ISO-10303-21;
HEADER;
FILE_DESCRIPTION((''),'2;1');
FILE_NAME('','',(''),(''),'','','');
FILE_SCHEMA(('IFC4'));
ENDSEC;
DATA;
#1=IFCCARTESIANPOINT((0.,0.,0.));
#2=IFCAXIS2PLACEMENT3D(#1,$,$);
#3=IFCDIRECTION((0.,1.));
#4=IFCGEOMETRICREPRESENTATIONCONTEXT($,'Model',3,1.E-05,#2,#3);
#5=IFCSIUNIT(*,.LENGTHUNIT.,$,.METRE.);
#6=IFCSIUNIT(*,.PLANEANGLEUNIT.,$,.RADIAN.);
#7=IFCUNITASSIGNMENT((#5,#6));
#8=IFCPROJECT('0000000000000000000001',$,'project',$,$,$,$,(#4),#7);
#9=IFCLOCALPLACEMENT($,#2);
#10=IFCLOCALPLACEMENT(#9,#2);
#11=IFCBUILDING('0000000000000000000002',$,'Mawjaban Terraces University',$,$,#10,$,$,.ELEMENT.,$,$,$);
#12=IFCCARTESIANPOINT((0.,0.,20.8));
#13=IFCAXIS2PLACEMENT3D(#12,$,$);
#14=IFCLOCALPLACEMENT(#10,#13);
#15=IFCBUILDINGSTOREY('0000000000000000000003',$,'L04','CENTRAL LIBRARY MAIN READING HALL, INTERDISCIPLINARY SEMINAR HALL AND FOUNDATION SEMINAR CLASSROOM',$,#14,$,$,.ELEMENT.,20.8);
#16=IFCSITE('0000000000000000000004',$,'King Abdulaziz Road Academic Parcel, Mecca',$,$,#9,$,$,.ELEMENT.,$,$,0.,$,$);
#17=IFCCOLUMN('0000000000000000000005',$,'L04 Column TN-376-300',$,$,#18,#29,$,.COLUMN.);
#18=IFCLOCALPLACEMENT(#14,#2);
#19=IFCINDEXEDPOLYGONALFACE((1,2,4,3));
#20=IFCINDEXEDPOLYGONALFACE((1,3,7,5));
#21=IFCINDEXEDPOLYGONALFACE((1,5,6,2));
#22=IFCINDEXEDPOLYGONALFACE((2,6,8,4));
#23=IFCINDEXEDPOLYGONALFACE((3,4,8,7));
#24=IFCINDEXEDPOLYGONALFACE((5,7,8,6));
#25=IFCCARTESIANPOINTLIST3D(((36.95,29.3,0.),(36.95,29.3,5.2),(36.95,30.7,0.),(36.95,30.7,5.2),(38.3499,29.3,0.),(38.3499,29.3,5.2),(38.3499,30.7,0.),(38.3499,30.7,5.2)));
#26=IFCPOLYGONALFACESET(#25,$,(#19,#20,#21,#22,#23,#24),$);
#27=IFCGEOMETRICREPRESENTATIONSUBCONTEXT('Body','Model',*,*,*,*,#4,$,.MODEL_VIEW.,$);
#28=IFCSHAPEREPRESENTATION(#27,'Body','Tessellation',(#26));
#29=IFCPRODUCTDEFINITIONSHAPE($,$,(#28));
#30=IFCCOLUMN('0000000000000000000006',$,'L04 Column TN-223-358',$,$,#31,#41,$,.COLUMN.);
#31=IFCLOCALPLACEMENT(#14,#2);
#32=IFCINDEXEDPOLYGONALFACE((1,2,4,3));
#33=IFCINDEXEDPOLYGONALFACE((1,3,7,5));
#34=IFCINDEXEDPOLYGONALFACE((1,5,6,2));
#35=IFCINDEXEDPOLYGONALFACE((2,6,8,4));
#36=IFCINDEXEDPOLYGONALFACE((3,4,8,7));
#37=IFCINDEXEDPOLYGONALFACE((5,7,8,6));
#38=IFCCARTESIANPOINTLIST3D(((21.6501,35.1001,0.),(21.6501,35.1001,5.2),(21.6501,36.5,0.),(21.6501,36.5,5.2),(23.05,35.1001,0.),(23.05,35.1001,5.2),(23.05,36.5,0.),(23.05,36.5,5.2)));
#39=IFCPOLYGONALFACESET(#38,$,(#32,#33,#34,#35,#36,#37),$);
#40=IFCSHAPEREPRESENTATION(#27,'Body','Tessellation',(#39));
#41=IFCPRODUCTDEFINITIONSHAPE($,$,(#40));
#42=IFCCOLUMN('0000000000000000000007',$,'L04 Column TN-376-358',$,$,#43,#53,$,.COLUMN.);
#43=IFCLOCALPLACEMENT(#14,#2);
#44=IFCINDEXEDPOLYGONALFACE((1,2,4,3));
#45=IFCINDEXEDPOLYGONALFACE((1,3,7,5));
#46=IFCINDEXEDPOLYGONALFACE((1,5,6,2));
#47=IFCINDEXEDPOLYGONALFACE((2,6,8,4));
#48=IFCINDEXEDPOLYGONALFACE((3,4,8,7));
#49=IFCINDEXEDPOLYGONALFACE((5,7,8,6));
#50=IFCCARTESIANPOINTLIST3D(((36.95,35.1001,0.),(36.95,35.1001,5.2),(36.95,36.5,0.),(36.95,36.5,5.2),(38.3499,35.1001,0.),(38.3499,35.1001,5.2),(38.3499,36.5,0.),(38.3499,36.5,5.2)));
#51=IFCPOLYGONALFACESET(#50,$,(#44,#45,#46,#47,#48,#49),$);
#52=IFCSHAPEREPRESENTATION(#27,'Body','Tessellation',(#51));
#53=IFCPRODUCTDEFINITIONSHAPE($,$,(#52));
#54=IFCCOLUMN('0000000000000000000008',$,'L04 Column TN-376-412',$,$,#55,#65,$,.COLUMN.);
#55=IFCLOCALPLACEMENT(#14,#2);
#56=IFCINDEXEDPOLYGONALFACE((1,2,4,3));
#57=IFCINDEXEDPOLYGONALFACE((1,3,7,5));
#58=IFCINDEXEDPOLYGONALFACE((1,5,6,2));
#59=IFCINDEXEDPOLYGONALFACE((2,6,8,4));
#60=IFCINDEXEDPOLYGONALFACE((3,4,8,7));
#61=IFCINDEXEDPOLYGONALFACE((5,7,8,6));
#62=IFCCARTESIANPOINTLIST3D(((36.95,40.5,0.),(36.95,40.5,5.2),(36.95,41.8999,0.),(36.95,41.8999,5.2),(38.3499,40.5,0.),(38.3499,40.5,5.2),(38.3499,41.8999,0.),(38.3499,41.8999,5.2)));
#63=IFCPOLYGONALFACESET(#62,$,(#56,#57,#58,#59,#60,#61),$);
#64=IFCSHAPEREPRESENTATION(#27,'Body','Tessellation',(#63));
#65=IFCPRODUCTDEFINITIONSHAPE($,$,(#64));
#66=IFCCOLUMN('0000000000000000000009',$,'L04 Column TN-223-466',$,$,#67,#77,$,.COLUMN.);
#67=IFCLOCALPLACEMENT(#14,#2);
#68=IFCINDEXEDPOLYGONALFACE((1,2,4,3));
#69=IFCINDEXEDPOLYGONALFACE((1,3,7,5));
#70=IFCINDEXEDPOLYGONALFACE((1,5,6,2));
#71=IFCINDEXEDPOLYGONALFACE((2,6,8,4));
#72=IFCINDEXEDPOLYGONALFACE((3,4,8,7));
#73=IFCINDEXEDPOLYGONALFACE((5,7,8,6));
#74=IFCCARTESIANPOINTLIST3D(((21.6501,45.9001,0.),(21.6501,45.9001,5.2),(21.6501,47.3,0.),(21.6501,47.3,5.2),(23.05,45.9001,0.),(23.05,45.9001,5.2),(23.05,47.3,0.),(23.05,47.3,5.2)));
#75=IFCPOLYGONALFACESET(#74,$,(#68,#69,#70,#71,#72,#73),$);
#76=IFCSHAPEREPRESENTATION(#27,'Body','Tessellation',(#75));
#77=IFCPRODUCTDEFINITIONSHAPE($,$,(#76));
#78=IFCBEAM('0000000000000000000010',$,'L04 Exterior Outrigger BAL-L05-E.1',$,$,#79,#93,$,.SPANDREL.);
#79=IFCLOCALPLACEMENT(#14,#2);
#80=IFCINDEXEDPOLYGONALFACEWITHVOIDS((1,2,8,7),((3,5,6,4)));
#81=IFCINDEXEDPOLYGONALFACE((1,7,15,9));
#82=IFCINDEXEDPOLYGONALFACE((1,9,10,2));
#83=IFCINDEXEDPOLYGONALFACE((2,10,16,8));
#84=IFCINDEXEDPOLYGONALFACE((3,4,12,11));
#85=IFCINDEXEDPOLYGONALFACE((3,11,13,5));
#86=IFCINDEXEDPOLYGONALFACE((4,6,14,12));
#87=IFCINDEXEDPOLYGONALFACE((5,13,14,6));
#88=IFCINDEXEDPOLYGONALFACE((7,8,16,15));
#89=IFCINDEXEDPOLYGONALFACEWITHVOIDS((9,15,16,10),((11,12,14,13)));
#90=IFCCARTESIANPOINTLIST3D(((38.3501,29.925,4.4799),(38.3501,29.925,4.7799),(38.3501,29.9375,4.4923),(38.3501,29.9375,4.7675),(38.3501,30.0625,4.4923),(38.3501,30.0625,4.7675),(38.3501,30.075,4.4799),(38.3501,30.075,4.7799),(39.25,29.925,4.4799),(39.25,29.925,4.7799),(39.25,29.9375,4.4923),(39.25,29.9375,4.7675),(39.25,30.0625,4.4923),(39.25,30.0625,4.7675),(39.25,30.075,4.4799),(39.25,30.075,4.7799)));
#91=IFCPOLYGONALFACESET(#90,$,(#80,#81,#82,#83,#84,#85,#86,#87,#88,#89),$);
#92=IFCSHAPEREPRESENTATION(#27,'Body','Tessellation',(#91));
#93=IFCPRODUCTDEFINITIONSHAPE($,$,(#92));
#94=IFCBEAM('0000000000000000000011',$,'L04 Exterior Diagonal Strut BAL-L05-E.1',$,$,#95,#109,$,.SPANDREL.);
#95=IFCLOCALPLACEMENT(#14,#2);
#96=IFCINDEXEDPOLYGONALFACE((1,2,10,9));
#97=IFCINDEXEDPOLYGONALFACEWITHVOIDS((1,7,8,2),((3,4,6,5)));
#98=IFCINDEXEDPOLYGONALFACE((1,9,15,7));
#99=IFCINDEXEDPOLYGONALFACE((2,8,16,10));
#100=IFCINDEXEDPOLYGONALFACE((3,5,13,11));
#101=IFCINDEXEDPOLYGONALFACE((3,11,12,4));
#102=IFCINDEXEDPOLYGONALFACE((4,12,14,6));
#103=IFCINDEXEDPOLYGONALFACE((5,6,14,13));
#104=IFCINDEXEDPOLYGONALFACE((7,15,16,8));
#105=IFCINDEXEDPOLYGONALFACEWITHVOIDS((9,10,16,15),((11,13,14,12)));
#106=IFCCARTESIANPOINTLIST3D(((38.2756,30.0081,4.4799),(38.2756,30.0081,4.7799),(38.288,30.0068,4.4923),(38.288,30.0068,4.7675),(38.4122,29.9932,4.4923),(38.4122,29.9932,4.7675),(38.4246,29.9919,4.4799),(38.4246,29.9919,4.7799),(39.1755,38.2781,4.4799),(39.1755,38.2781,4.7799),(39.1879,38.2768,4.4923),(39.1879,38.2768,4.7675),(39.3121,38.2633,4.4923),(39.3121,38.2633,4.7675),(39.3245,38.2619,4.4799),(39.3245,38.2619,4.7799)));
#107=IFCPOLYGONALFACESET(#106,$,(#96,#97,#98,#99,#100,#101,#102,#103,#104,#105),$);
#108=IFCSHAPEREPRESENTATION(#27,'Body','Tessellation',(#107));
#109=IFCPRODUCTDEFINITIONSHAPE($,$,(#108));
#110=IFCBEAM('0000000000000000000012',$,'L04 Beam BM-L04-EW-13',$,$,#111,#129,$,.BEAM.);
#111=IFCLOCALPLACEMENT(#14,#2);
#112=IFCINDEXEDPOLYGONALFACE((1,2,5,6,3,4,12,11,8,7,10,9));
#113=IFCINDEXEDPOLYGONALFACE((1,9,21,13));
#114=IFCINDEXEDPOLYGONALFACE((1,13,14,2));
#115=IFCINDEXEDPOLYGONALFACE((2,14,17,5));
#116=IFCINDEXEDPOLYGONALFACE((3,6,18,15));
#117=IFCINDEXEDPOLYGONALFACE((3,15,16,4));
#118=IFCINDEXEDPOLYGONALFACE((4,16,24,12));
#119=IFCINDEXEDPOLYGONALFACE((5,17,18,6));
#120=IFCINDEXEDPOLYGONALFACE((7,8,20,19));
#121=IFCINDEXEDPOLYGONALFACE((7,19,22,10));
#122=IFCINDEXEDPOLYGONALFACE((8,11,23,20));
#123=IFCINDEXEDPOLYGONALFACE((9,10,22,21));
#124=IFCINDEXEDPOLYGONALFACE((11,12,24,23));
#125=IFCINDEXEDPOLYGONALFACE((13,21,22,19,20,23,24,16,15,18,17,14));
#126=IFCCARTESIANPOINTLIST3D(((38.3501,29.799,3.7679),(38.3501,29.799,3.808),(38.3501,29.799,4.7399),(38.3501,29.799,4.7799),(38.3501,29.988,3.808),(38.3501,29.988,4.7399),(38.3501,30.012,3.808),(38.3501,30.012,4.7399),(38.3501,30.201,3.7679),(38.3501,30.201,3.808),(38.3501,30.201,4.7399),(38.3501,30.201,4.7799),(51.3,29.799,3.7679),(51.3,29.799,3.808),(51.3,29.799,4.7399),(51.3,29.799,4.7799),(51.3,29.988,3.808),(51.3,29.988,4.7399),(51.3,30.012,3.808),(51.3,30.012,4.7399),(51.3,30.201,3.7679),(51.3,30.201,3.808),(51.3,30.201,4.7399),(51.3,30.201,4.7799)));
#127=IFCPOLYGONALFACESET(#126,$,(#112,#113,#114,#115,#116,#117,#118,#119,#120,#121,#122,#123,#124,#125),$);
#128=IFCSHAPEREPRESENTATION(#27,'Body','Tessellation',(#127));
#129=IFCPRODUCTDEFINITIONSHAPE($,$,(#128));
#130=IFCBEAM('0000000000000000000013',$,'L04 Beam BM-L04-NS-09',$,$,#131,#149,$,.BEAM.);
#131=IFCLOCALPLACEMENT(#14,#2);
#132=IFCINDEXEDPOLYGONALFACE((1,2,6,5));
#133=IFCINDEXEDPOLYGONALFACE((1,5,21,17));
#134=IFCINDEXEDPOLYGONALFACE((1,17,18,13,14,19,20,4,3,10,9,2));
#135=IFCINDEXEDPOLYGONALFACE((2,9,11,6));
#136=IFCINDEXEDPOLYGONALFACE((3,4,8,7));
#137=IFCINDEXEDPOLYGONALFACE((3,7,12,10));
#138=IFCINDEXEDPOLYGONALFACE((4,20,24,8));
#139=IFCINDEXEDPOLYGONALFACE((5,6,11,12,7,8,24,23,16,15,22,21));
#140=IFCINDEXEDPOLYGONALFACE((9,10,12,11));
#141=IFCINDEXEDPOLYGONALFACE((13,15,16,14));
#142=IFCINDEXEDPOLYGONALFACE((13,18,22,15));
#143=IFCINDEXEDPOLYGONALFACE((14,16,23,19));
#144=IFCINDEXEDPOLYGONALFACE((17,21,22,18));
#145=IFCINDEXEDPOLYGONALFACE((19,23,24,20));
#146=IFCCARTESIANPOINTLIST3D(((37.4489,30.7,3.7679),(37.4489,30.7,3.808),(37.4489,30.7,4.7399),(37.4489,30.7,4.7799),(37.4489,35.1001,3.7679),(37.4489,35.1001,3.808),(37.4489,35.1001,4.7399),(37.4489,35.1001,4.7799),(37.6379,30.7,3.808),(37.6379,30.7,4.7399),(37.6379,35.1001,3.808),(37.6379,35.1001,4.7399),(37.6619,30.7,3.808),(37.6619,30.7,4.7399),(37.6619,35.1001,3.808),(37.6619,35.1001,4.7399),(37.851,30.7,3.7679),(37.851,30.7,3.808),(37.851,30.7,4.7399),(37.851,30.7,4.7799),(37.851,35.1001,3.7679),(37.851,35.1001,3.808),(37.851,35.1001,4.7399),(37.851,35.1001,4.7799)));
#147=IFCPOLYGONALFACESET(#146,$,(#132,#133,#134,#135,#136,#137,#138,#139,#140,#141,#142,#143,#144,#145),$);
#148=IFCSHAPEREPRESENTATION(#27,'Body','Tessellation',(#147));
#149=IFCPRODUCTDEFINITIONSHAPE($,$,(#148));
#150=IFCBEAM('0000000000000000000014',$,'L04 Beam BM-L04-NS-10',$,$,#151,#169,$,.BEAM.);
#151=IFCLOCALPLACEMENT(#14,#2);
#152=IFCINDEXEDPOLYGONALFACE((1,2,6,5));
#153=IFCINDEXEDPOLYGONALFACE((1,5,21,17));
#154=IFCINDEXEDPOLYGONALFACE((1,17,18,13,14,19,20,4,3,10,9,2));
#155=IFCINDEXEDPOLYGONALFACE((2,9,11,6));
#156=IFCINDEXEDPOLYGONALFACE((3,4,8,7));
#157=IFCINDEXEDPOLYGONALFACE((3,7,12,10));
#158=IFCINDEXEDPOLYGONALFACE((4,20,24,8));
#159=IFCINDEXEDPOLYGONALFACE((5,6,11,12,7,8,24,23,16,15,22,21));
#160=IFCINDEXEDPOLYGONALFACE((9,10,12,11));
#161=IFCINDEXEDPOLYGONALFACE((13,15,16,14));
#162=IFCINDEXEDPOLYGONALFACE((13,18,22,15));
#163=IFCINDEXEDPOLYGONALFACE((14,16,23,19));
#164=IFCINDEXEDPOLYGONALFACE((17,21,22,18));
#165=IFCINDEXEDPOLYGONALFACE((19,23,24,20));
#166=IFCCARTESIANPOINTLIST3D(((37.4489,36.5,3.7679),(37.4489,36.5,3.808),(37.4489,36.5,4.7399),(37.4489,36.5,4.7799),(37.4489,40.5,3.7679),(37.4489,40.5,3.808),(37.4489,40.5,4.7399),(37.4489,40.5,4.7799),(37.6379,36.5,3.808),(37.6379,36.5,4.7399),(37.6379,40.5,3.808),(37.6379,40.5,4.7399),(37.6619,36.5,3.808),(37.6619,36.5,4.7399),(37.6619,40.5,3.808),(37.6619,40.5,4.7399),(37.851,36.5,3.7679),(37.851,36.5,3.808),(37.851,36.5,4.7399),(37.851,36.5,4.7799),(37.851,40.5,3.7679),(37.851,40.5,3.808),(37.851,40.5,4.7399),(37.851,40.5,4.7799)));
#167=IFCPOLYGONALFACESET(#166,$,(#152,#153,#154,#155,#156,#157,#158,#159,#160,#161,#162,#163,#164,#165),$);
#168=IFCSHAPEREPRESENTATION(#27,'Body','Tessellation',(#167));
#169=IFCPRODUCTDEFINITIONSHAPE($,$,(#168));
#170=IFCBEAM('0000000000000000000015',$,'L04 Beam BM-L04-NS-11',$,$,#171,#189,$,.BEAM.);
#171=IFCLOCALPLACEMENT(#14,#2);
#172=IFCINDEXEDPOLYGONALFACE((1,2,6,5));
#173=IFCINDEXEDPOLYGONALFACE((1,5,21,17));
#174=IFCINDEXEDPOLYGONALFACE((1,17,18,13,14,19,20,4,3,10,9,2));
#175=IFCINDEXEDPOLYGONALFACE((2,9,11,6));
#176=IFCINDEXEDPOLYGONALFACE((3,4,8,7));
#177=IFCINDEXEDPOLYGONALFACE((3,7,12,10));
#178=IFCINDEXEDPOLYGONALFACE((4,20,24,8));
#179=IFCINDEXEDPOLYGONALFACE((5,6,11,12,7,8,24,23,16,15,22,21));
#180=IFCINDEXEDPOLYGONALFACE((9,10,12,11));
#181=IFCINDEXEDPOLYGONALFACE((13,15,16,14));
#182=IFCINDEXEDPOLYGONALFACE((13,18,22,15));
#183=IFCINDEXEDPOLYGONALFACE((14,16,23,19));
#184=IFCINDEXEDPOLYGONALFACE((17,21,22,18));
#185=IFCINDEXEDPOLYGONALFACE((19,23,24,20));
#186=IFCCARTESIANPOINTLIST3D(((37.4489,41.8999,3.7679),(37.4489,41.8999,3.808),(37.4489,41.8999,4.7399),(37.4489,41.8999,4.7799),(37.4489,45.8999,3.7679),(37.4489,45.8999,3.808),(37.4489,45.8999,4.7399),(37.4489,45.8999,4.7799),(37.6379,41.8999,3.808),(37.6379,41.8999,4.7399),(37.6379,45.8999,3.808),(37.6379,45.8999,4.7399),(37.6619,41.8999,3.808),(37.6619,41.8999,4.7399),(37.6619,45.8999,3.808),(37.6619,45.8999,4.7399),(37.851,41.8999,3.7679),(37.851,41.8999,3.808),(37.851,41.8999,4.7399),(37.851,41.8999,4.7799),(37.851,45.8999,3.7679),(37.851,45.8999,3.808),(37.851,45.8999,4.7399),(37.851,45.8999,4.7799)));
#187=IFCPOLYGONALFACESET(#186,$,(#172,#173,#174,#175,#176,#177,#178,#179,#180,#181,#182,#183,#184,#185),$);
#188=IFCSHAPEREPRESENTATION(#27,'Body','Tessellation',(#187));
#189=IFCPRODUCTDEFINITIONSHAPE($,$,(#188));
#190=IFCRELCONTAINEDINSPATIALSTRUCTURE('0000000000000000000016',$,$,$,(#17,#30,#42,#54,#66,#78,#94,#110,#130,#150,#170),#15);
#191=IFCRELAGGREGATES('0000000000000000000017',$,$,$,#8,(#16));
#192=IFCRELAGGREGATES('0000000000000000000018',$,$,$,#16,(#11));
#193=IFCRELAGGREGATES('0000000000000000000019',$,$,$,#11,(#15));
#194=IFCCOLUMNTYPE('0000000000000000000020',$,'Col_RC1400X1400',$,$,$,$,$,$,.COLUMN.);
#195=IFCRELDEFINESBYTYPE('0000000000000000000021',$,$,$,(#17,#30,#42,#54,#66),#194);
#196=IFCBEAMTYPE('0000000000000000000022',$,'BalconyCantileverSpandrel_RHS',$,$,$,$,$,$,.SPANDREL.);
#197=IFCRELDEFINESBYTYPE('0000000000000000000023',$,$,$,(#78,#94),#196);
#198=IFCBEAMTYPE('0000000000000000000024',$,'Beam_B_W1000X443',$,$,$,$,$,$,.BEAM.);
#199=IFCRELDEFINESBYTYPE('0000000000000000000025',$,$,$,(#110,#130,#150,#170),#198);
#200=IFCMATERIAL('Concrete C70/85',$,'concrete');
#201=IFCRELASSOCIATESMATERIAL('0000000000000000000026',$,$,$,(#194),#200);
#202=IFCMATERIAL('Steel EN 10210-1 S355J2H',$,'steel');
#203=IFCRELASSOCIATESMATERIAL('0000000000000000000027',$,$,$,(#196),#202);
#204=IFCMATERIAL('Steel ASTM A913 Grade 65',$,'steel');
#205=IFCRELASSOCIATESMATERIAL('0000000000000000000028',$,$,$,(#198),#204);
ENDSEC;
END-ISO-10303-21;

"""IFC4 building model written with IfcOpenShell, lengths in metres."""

from ifc_helpers import new_model, si_unit, direction, frame, origin, origin_2d, place, context, subcontext, project, spatial, rectangle, hollow_rectangle, i_section, extrude, material, material_profile, profile_set, type_object, element, save


model = new_model("IFC4")

# Units and contexts
model_context = context("Model", 3, precision=1e-05, world=origin(), true_north=direction((0.0, 1.0)))
body_context = subcontext(model_context, "Body", "Model", "MODEL_VIEW")
ifc_project = project(units=[si_unit("LENGTHUNIT", "METRE"), si_unit("PLANEANGLEUNIT", "RADIAN")], contexts=[model_context])

# Site, building, storey
site_placement = place(None, origin())
site = spatial("IfcSite", under=ifc_project, at=site_placement, Name="King Abdulaziz Road Academic Parcel, Mecca", CompositionType="ELEMENT", RefElevation=0.0)
building_placement = place(site_placement, origin())
building = spatial("IfcBuilding", under=site, at=building_placement, Name="Mawjaban Terraces University", CompositionType="ELEMENT")
storey_placement = place(building_placement, frame((0.0, 0.0, 20.8)))
storey = spatial("IfcBuildingStorey", under=building, at=storey_placement, Name="L04", Description="CENTRAL LIBRARY MAIN READING HALL, INTERDISCIPLINARY SEMINAR HALL AND FOUNDATION SEMINAR CLASSROOM", CompositionType="ELEMENT", Elevation=20.8)

# Columns
ifc_material_1 = material(Name="Concrete C70/85", Category="concrete")
ifc_material_profile_1 = material_profile(ifc_material_1, rectangle(XDim=1.3999, YDim=1.3999, at=origin_2d()), Name="RC1400X1400")
ifc_profile_set_1 = profile_set([ifc_material_profile_1], Name="Concrete C70/85")
column_type = type_object("IfcColumnType", Name="Col_RC1400X1400", PredefinedType="COLUMN", material=ifc_profile_set_1)
for number, where, z_axis, x_axis, name in (
    (1, (37.6499, 30.0, 0.0), (0.0, 0.0, 1.0), (1.0, 0.0, 0.0), "L04 Column TN-376-300"),
    (2, (22.3501, 35.8, 0.0), (0.0, 0.0, 1.0), (1.0, 0.0, 0.0), "L04 Column TN-223-358"),
    (3, (37.6499, 35.8, 0.0), (0.0, 0.0, 1.0), (1.0, 0.0, 0.0), "L04 Column TN-376-358"),
    (4, (37.6499, 41.2, 0.0), (0.0, 0.0, 1.0), (1.0, 0.0, 0.0), "L04 Column TN-376-412"),
    (5, (22.3501, 46.6001, 0.0), (0.0, 0.0, 1.0), (1.0, 0.0, 0.0), "L04 Column TN-223-466"),
):
    element("IfcColumn", number, at=place(storey_placement, frame(where, z_axis=z_axis, x_axis=x_axis)), inside=storey, type_object=column_type, Name=name, PredefinedType="COLUMN", context=body_context, shape_type="SweptSolid", body=[
        extrude(rectangle(XDim=1.3999, YDim=1.3999, at=origin_2d()), origin(), (0.0, 0.0, 1.0), 5.2),
    ])

# Beams
ifc_material_2 = material(Name="Steel EN 10210-1 S355J2H", Category="steel")
ifc_material_profile_2 = material_profile(ifc_material_2, hollow_rectangle(XDim=0.1499, YDim=0.3, WallThickness=0.0125, at=origin_2d()), Name="RHS300X150X12.5")
ifc_profile_set_2 = profile_set([ifc_material_profile_2], Name="Steel EN 10210-1 S355J2H")
beam_type_1 = type_object("IfcBeamType", Name="BalconyCantileverSpandrel_RHS", PredefinedType="SPANDREL", material=ifc_profile_set_2)
beam_1_placement = place(storey_placement, frame((38.3501, 30.0, 4.6299), z_axis=(1.0, 0.0, 0.0), x_axis=(0.0, 1.0, 0.0)))
element("IfcBeam", 6, at=beam_1_placement, inside=storey, type_object=beam_type_1, Name="L04 Exterior Outrigger BAL-L05-E.1", PredefinedType="SPANDREL", context=body_context, shape_type="SweptSolid", body=[
    extrude(hollow_rectangle(XDim=0.1499, YDim=0.3, WallThickness=0.0125, at=origin_2d()), origin(), (0.0, 0.0, 1.0), 0.8999),
])
beam_2_placement = place(storey_placement, frame((38.3501, 30.0, 4.6299), z_axis=(0.108176, 0.994132, 0.0), x_axis=(-0.994132, 0.108176, 0.0)))
element("IfcBeam", 7, at=beam_2_placement, inside=storey, type_object=beam_type_1, Name="L04 Exterior Diagonal Strut BAL-L05-E.1", PredefinedType="SPANDREL", context=body_context, shape_type="SweptSolid", body=[
    extrude(hollow_rectangle(XDim=0.1499, YDim=0.3, WallThickness=0.0125, at=origin_2d()), origin(), (0.0, 0.0, 1.0), 8.3188),
])
ifc_material_3 = material(Name="Steel ASTM A913 Grade 65", Category="steel")
ifc_material_profile_3 = material_profile(ifc_material_3, i_section(OverallWidth=0.4021, OverallDepth=1.012, WebThickness=0.0239, FlangeThickness=0.04, at=origin_2d()), Name="W1000X443")
ifc_profile_set_3 = profile_set([ifc_material_profile_3], Name="Steel ASTM A913 Grade 65")
beam_type_2 = type_object("IfcBeamType", Name="Beam_B_W1000X443", PredefinedType="BEAM", material=ifc_profile_set_3)
beam_3_placement = place(storey_placement, frame((38.3501, 30.0, 4.2739), z_axis=(1.0, 0.0, 0.0), x_axis=(0.0, 1.0, 0.0)))
element("IfcBeam", 8, at=beam_3_placement, inside=storey, type_object=beam_type_2, Name="L04 Beam BM-L04-EW-13", PredefinedType="BEAM", context=body_context, shape_type="SweptSolid", body=[
    extrude(i_section(OverallWidth=0.4021, OverallDepth=1.012, WebThickness=0.0239, FlangeThickness=0.04, at=origin_2d()), origin(), (0.0, 0.0, 1.0), 12.95),
])
beam_4_placement = place(storey_placement, frame((37.6499, 30.7, 4.2739), z_axis=(0.0, 1.0, 0.0), x_axis=(-1.0, 0.0, 0.0)))
element("IfcBeam", 9, at=beam_4_placement, inside=storey, type_object=beam_type_2, Name="L04 Beam BM-L04-NS-09", PredefinedType="BEAM", context=body_context, shape_type="SweptSolid", body=[
    extrude(i_section(OverallWidth=0.4021, OverallDepth=1.012, WebThickness=0.0239, FlangeThickness=0.04, at=origin_2d()), origin(), (0.0, 0.0, 1.0), 4.4001),
])
for number, where, z_axis, x_axis, name in (
    (10, (37.6499, 36.5, 4.2739), (0.0, 1.0, 0.0), (-1.0, 0.0, 0.0), "L04 Beam BM-L04-NS-10"),
    (11, (37.6499, 41.8999, 4.2739), (0.0, 1.0, 0.0), (-1.0, 0.0, 0.0), "L04 Beam BM-L04-NS-11"),
):
    element("IfcBeam", number, at=place(storey_placement, frame(where, z_axis=z_axis, x_axis=x_axis)), inside=storey, type_object=beam_type_2, Name=name, PredefinedType="BEAM", context=body_context, shape_type="SweptSolid", body=[
        extrude(i_section(OverallWidth=0.4021, OverallDepth=1.012, WebThickness=0.0239, FlangeThickness=0.04, at=origin_2d()), origin(), (0.0, 0.0, 1.0), 4.0),
    ])

save(model, "model.ifc")
